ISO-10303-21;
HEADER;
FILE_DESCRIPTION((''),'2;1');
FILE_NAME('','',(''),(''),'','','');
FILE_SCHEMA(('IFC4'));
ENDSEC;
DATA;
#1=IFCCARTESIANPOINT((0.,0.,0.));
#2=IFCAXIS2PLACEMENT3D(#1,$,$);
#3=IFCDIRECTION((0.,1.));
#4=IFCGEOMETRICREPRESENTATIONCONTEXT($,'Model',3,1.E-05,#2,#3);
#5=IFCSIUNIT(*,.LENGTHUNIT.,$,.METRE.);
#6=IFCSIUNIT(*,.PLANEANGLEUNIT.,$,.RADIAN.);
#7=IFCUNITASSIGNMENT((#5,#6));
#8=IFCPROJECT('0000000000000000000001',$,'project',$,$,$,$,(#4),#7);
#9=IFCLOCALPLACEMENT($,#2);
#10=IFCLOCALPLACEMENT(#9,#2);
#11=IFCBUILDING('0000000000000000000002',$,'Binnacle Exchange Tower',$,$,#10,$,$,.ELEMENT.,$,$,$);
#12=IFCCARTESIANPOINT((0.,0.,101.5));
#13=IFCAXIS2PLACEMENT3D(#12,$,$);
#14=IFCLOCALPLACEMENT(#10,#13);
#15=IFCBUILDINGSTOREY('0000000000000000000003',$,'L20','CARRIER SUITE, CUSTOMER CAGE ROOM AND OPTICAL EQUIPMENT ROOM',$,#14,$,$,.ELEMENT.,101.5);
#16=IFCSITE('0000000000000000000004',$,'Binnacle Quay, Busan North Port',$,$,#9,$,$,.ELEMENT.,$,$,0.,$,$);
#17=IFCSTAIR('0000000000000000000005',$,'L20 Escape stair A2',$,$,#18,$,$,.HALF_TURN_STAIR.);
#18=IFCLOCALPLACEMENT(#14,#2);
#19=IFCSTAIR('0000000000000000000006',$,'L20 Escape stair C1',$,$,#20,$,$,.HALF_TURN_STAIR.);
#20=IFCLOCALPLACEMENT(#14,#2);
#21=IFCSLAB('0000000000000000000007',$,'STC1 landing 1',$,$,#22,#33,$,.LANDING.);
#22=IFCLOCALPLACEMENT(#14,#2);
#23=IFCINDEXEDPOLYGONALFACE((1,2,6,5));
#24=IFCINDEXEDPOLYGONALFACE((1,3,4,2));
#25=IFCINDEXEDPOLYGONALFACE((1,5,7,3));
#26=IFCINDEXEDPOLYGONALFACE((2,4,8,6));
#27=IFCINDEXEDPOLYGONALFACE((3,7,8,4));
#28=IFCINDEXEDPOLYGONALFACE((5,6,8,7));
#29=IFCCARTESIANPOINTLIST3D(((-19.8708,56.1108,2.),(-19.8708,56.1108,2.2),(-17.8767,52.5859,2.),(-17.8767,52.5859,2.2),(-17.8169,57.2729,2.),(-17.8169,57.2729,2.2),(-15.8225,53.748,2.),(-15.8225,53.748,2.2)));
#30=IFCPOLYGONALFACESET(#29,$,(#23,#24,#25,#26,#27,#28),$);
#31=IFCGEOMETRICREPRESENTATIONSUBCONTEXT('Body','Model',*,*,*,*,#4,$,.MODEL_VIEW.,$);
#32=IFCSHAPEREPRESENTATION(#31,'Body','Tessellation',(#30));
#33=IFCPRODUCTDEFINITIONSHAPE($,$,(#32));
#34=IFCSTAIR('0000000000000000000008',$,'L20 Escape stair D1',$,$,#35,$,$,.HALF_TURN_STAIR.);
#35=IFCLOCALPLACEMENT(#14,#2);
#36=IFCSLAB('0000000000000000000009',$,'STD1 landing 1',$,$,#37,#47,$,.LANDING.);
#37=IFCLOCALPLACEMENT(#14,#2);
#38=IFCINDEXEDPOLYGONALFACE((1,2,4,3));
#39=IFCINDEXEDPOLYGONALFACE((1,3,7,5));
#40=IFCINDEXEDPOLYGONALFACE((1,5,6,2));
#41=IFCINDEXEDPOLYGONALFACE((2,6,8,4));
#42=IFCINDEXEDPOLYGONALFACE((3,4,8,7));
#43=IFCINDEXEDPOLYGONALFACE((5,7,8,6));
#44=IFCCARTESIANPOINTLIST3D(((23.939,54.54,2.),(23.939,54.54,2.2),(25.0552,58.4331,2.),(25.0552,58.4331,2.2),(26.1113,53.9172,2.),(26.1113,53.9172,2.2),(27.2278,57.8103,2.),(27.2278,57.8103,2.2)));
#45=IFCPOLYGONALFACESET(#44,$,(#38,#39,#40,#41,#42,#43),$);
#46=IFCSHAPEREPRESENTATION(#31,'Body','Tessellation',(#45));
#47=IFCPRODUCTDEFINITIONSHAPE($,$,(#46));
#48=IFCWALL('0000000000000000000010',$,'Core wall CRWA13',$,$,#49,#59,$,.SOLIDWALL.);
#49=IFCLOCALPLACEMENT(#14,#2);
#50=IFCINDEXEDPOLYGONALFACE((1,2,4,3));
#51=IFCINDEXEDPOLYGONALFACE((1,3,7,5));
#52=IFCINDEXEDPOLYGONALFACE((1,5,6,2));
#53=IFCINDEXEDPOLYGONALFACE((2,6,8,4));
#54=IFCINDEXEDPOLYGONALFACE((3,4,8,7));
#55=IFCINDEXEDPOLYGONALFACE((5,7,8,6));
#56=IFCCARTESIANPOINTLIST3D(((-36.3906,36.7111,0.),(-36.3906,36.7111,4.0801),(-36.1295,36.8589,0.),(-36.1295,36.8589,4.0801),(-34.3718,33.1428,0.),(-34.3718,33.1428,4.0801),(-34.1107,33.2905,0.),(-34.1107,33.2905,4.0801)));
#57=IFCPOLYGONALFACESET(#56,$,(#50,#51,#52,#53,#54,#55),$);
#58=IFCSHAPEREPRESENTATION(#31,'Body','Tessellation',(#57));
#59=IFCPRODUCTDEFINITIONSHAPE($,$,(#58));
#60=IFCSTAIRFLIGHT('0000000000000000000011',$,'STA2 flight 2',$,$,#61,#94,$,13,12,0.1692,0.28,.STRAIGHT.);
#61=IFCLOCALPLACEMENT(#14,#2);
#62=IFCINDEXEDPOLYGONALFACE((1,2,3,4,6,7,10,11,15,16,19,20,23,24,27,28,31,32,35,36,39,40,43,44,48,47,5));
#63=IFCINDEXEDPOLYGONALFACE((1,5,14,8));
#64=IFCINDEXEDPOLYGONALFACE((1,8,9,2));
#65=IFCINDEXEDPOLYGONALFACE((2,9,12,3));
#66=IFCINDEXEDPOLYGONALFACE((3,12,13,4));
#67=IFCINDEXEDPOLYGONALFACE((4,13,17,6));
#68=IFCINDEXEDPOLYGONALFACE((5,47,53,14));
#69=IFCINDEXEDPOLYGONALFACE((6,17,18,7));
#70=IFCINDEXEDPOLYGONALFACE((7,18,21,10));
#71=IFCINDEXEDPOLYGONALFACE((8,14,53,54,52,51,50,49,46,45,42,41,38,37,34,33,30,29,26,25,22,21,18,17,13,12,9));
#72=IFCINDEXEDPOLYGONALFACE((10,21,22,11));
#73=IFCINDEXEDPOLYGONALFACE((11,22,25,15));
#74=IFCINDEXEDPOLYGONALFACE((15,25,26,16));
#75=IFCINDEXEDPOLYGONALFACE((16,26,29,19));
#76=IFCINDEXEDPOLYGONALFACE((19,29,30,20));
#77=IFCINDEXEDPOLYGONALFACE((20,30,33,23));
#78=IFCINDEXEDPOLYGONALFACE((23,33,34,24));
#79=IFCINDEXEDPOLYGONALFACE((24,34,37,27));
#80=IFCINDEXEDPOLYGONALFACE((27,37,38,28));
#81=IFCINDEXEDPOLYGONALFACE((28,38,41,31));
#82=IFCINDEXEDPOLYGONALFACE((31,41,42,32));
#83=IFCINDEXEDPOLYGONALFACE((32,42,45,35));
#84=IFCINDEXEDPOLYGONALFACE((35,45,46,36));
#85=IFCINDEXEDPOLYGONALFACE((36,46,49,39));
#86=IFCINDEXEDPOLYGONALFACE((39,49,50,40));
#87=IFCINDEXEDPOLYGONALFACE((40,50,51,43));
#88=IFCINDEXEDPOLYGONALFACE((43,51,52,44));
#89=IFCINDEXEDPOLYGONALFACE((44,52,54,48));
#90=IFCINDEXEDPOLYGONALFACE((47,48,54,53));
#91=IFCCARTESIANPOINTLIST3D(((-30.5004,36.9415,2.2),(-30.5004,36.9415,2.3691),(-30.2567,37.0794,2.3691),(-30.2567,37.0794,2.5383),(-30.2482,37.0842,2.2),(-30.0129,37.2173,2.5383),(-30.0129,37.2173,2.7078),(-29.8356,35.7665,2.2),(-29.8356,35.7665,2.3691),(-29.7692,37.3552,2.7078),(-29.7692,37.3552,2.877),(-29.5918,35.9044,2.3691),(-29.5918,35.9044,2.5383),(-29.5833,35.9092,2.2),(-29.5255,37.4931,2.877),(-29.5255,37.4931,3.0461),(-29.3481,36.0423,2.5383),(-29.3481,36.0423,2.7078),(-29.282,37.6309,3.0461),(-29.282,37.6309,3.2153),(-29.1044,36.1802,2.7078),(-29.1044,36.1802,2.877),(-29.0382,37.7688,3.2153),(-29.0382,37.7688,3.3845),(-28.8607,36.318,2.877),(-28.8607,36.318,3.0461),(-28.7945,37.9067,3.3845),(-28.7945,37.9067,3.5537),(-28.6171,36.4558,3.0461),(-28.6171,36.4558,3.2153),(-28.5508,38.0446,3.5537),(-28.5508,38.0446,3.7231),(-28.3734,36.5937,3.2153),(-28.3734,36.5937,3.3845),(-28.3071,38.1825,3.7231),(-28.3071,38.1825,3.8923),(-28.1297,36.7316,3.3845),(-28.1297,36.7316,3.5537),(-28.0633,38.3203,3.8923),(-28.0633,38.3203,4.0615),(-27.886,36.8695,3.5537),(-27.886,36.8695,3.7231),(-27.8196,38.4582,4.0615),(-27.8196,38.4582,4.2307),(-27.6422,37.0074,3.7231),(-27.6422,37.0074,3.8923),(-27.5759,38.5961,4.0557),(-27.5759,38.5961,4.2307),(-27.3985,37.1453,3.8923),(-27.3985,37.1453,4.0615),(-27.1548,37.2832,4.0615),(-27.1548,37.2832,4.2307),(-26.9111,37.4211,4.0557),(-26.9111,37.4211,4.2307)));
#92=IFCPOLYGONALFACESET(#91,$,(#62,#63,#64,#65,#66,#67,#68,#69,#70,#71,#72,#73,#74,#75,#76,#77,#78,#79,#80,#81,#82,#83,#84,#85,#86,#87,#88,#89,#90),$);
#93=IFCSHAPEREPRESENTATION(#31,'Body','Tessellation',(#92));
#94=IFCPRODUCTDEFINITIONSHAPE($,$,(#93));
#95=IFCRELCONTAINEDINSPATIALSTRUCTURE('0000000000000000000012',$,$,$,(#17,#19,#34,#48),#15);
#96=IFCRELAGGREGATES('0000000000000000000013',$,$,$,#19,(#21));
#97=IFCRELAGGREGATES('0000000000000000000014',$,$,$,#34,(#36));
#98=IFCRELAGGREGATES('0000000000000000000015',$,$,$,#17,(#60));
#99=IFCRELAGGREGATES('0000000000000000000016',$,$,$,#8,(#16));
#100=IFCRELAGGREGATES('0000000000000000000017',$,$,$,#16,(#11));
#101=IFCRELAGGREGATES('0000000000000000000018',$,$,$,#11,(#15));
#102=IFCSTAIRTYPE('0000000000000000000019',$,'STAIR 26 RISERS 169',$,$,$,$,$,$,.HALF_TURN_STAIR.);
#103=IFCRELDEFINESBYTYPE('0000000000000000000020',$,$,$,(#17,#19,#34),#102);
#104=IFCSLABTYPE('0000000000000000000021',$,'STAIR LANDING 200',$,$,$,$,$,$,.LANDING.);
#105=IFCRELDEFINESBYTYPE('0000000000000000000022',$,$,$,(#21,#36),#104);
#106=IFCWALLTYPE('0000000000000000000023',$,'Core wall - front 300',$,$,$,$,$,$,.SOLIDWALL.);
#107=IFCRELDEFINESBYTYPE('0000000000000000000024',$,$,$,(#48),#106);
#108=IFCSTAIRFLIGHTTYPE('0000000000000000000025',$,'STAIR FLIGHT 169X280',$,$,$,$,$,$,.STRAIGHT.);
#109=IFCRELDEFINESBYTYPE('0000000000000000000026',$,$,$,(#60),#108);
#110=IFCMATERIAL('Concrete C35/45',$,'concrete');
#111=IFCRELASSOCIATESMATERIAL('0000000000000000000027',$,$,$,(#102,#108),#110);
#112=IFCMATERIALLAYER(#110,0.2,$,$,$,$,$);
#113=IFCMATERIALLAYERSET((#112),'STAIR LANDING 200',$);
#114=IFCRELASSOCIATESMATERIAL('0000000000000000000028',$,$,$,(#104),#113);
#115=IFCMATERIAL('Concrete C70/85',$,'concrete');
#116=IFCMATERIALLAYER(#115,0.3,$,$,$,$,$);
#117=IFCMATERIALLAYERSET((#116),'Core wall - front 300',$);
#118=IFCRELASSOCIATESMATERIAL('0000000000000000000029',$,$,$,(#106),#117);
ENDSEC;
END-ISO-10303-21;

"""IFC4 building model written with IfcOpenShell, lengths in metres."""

from ifc_helpers import new_model, si_unit, direction, frame, frame_2d, origin, place, context, subcontext, project, spatial, polyline, rectangle, outline, extrude, material, layer, layer_set, type_object, element, aggregate, save


model = new_model("IFC4")

# Units and contexts
model_context = context("Model", 3, precision=1e-05, world=origin(), true_north=direction((0.0, 1.0)))
body_context = subcontext(model_context, "Body", "Model", "MODEL_VIEW")
ifc_project = project(units=[si_unit("LENGTHUNIT", "METRE"), si_unit("PLANEANGLEUNIT", "RADIAN")], contexts=[model_context])

# Site, building, storey
site_placement = place(None, origin())
site = spatial("IfcSite", under=ifc_project, at=site_placement, Name="Binnacle Quay, Busan North Port", CompositionType="ELEMENT", RefElevation=0.0)
building_placement = place(site_placement, origin())
building = spatial("IfcBuilding", under=site, at=building_placement, Name="Binnacle Exchange Tower", CompositionType="ELEMENT")
storey_placement = place(building_placement, frame((0.0, 0.0, 101.5)))
storey = spatial("IfcBuildingStorey", under=building, at=storey_placement, Name="L20", Description="CARRIER SUITE, CUSTOMER CAGE ROOM AND OPTICAL EQUIPMENT ROOM", CompositionType="ELEMENT", Elevation=101.5)

# Shared definitions
ifc_material_1 = material(Name="Concrete C70/85", Category="concrete")

# Shared definitions
ifc_material_2 = material(Name="Concrete C35/45", Category="concrete")

# Stairs, slabs
stair_type = type_object("IfcStairType", Name="STAIR 26 RISERS 169", PredefinedType="HALF_TURN_STAIR", material=ifc_material_2)
ifc_layer_1 = layer(ifc_material_2, 0.2)
ifc_layer_set_1 = layer_set([ifc_layer_1], Name="STAIR LANDING 200")
slab_type_1 = type_object("IfcSlabType", Name="STAIR LANDING 200", PredefinedType="LANDING", material=ifc_layer_set_1)
stair_1_placement = place(storey_placement, origin())
stair_1 = element("IfcStair", 1, at=stair_1_placement, inside=storey, type_object=stair_type, Name="L20 Escape stair A2", PredefinedType="HALF_TURN_STAIR")
stair_2_placement = place(storey_placement, origin())
stair_2 = element("IfcStair", 2, at=stair_2_placement, inside=storey, type_object=stair_type, Name="L20 Escape stair C1", PredefinedType="HALF_TURN_STAIR")
slab_1_placement = place(storey_placement, frame((0.0, 0.0, 2.0)))
slab_1 = element("IfcSlab", 3, at=slab_1_placement, type_object=slab_type_1, Name="STC1 landing 1", PredefinedType="LANDING", context=body_context, shape_type="SweptSolid", body=[
    extrude(outline(polyline([(-17.8767, 52.5859), (-15.8225, 53.748), (-17.8169, 57.2729), (-19.8708, 56.1108), (-17.8767, 52.5859)])), origin(), (0.0, 0.0, 1.0), 0.2),
])
aggregate(stair_2, [slab_1])
stair_3_placement = place(storey_placement, origin())
stair_3 = element("IfcStair", 4, at=stair_3_placement, inside=storey, type_object=stair_type, Name="L20 Escape stair D1", PredefinedType="HALF_TURN_STAIR")
slab_2_placement = place(storey_placement, frame((0.0, 0.0, 2.0)))
slab_2 = element("IfcSlab", 5, at=slab_2_placement, type_object=slab_type_1, Name="STD1 landing 1", PredefinedType="LANDING", context=body_context, shape_type="SweptSolid", body=[
    extrude(outline(polyline([(23.939, 54.54), (26.1113, 53.9172), (27.2278, 57.8103), (25.0552, 58.4331), (23.939, 54.54)])), origin(), (0.0, 0.0, 1.0), 0.2),
])
aggregate(stair_3, [slab_2])

# Wall
ifc_layer_2 = layer(ifc_material_1, 0.3)
ifc_layer_set_2 = layer_set([ifc_layer_2], Name="Core wall - front 300")
wall_type = type_object("IfcWallType", Name="Core wall - front 300", PredefinedType="SOLIDWALL", material=ifc_layer_set_2)
wall_placement = place(storey_placement, frame((-36.26, 36.7849, 0.0), z_axis=(0.0, 0.0, 1.0), x_axis=(0.492408, -0.870364, 0.0)))
element("IfcWall", 6, at=wall_placement, inside=storey, type_object=wall_type, Name="Core wall CRWA13", PredefinedType="SOLIDWALL", context=body_context, shape_type="SweptSolid", body=[
    extrude(rectangle(XDim=4.0999, YDim=0.3, at=frame_2d((2.0498, 0.0))), origin(), (0.0, 0.0, 1.0), 4.0801),
])

# Stair flight
stair_flight_type = type_object("IfcStairFlightType", Name="STAIR FLIGHT 169X280", PredefinedType="STRAIGHT", material=ifc_material_2)
stair_flight_placement = place(storey_placement, frame((-30.168, 36.354, 2.2), z_axis=(0.0, 0.0, 1.0), x_axis=(0.870356, 0.492424, 0.0)))
stair_flight = element("IfcStairFlight", 7, at=stair_flight_placement, type_object=stair_flight_type, Name="STA2 flight 2", NumberOfRisers=13, NumberOfTreads=12, PredefinedType="STRAIGHT", RiserHeight=0.1692, TreadLength=0.28, context=body_context, shape_type="SweptSolid", body=[
    extrude(outline(polyline([(0.0, 0.0), (0.0, 0.1692), (0.28, 0.1692), (0.28, 0.3384), (0.5601, 0.3384), (0.5601, 0.5078), (0.8401, 0.5078), (0.8401, 0.677), (1.1201, 0.677), (1.1201, 0.8462), (1.3999, 0.8462), (1.3999, 1.0154), (1.6799, 1.0154), (1.6799, 1.1846), (1.96, 1.1846), (1.96, 1.3538), (2.24, 1.3538), (2.24, 1.5232), (2.52, 1.5232), (2.52, 1.6924), (2.8, 1.6924), (2.8, 1.8616), (3.0801, 1.8616), (3.0801, 2.0308), (3.3601, 2.0308), (3.3601, 2.2), (3.3601, 1.8557), (0.2898, 0.0), (0.0, 0.0)])), frame((0.0, 0.675, 0.0), z_axis=(0.0, -1.0, 0.0), x_axis=(1.0, 0.0, 0.0)), (0.0, 0.0, 1.0), 1.3501),
])
aggregate(stair_1, [stair_flight])

save(model, "model.ifc")
